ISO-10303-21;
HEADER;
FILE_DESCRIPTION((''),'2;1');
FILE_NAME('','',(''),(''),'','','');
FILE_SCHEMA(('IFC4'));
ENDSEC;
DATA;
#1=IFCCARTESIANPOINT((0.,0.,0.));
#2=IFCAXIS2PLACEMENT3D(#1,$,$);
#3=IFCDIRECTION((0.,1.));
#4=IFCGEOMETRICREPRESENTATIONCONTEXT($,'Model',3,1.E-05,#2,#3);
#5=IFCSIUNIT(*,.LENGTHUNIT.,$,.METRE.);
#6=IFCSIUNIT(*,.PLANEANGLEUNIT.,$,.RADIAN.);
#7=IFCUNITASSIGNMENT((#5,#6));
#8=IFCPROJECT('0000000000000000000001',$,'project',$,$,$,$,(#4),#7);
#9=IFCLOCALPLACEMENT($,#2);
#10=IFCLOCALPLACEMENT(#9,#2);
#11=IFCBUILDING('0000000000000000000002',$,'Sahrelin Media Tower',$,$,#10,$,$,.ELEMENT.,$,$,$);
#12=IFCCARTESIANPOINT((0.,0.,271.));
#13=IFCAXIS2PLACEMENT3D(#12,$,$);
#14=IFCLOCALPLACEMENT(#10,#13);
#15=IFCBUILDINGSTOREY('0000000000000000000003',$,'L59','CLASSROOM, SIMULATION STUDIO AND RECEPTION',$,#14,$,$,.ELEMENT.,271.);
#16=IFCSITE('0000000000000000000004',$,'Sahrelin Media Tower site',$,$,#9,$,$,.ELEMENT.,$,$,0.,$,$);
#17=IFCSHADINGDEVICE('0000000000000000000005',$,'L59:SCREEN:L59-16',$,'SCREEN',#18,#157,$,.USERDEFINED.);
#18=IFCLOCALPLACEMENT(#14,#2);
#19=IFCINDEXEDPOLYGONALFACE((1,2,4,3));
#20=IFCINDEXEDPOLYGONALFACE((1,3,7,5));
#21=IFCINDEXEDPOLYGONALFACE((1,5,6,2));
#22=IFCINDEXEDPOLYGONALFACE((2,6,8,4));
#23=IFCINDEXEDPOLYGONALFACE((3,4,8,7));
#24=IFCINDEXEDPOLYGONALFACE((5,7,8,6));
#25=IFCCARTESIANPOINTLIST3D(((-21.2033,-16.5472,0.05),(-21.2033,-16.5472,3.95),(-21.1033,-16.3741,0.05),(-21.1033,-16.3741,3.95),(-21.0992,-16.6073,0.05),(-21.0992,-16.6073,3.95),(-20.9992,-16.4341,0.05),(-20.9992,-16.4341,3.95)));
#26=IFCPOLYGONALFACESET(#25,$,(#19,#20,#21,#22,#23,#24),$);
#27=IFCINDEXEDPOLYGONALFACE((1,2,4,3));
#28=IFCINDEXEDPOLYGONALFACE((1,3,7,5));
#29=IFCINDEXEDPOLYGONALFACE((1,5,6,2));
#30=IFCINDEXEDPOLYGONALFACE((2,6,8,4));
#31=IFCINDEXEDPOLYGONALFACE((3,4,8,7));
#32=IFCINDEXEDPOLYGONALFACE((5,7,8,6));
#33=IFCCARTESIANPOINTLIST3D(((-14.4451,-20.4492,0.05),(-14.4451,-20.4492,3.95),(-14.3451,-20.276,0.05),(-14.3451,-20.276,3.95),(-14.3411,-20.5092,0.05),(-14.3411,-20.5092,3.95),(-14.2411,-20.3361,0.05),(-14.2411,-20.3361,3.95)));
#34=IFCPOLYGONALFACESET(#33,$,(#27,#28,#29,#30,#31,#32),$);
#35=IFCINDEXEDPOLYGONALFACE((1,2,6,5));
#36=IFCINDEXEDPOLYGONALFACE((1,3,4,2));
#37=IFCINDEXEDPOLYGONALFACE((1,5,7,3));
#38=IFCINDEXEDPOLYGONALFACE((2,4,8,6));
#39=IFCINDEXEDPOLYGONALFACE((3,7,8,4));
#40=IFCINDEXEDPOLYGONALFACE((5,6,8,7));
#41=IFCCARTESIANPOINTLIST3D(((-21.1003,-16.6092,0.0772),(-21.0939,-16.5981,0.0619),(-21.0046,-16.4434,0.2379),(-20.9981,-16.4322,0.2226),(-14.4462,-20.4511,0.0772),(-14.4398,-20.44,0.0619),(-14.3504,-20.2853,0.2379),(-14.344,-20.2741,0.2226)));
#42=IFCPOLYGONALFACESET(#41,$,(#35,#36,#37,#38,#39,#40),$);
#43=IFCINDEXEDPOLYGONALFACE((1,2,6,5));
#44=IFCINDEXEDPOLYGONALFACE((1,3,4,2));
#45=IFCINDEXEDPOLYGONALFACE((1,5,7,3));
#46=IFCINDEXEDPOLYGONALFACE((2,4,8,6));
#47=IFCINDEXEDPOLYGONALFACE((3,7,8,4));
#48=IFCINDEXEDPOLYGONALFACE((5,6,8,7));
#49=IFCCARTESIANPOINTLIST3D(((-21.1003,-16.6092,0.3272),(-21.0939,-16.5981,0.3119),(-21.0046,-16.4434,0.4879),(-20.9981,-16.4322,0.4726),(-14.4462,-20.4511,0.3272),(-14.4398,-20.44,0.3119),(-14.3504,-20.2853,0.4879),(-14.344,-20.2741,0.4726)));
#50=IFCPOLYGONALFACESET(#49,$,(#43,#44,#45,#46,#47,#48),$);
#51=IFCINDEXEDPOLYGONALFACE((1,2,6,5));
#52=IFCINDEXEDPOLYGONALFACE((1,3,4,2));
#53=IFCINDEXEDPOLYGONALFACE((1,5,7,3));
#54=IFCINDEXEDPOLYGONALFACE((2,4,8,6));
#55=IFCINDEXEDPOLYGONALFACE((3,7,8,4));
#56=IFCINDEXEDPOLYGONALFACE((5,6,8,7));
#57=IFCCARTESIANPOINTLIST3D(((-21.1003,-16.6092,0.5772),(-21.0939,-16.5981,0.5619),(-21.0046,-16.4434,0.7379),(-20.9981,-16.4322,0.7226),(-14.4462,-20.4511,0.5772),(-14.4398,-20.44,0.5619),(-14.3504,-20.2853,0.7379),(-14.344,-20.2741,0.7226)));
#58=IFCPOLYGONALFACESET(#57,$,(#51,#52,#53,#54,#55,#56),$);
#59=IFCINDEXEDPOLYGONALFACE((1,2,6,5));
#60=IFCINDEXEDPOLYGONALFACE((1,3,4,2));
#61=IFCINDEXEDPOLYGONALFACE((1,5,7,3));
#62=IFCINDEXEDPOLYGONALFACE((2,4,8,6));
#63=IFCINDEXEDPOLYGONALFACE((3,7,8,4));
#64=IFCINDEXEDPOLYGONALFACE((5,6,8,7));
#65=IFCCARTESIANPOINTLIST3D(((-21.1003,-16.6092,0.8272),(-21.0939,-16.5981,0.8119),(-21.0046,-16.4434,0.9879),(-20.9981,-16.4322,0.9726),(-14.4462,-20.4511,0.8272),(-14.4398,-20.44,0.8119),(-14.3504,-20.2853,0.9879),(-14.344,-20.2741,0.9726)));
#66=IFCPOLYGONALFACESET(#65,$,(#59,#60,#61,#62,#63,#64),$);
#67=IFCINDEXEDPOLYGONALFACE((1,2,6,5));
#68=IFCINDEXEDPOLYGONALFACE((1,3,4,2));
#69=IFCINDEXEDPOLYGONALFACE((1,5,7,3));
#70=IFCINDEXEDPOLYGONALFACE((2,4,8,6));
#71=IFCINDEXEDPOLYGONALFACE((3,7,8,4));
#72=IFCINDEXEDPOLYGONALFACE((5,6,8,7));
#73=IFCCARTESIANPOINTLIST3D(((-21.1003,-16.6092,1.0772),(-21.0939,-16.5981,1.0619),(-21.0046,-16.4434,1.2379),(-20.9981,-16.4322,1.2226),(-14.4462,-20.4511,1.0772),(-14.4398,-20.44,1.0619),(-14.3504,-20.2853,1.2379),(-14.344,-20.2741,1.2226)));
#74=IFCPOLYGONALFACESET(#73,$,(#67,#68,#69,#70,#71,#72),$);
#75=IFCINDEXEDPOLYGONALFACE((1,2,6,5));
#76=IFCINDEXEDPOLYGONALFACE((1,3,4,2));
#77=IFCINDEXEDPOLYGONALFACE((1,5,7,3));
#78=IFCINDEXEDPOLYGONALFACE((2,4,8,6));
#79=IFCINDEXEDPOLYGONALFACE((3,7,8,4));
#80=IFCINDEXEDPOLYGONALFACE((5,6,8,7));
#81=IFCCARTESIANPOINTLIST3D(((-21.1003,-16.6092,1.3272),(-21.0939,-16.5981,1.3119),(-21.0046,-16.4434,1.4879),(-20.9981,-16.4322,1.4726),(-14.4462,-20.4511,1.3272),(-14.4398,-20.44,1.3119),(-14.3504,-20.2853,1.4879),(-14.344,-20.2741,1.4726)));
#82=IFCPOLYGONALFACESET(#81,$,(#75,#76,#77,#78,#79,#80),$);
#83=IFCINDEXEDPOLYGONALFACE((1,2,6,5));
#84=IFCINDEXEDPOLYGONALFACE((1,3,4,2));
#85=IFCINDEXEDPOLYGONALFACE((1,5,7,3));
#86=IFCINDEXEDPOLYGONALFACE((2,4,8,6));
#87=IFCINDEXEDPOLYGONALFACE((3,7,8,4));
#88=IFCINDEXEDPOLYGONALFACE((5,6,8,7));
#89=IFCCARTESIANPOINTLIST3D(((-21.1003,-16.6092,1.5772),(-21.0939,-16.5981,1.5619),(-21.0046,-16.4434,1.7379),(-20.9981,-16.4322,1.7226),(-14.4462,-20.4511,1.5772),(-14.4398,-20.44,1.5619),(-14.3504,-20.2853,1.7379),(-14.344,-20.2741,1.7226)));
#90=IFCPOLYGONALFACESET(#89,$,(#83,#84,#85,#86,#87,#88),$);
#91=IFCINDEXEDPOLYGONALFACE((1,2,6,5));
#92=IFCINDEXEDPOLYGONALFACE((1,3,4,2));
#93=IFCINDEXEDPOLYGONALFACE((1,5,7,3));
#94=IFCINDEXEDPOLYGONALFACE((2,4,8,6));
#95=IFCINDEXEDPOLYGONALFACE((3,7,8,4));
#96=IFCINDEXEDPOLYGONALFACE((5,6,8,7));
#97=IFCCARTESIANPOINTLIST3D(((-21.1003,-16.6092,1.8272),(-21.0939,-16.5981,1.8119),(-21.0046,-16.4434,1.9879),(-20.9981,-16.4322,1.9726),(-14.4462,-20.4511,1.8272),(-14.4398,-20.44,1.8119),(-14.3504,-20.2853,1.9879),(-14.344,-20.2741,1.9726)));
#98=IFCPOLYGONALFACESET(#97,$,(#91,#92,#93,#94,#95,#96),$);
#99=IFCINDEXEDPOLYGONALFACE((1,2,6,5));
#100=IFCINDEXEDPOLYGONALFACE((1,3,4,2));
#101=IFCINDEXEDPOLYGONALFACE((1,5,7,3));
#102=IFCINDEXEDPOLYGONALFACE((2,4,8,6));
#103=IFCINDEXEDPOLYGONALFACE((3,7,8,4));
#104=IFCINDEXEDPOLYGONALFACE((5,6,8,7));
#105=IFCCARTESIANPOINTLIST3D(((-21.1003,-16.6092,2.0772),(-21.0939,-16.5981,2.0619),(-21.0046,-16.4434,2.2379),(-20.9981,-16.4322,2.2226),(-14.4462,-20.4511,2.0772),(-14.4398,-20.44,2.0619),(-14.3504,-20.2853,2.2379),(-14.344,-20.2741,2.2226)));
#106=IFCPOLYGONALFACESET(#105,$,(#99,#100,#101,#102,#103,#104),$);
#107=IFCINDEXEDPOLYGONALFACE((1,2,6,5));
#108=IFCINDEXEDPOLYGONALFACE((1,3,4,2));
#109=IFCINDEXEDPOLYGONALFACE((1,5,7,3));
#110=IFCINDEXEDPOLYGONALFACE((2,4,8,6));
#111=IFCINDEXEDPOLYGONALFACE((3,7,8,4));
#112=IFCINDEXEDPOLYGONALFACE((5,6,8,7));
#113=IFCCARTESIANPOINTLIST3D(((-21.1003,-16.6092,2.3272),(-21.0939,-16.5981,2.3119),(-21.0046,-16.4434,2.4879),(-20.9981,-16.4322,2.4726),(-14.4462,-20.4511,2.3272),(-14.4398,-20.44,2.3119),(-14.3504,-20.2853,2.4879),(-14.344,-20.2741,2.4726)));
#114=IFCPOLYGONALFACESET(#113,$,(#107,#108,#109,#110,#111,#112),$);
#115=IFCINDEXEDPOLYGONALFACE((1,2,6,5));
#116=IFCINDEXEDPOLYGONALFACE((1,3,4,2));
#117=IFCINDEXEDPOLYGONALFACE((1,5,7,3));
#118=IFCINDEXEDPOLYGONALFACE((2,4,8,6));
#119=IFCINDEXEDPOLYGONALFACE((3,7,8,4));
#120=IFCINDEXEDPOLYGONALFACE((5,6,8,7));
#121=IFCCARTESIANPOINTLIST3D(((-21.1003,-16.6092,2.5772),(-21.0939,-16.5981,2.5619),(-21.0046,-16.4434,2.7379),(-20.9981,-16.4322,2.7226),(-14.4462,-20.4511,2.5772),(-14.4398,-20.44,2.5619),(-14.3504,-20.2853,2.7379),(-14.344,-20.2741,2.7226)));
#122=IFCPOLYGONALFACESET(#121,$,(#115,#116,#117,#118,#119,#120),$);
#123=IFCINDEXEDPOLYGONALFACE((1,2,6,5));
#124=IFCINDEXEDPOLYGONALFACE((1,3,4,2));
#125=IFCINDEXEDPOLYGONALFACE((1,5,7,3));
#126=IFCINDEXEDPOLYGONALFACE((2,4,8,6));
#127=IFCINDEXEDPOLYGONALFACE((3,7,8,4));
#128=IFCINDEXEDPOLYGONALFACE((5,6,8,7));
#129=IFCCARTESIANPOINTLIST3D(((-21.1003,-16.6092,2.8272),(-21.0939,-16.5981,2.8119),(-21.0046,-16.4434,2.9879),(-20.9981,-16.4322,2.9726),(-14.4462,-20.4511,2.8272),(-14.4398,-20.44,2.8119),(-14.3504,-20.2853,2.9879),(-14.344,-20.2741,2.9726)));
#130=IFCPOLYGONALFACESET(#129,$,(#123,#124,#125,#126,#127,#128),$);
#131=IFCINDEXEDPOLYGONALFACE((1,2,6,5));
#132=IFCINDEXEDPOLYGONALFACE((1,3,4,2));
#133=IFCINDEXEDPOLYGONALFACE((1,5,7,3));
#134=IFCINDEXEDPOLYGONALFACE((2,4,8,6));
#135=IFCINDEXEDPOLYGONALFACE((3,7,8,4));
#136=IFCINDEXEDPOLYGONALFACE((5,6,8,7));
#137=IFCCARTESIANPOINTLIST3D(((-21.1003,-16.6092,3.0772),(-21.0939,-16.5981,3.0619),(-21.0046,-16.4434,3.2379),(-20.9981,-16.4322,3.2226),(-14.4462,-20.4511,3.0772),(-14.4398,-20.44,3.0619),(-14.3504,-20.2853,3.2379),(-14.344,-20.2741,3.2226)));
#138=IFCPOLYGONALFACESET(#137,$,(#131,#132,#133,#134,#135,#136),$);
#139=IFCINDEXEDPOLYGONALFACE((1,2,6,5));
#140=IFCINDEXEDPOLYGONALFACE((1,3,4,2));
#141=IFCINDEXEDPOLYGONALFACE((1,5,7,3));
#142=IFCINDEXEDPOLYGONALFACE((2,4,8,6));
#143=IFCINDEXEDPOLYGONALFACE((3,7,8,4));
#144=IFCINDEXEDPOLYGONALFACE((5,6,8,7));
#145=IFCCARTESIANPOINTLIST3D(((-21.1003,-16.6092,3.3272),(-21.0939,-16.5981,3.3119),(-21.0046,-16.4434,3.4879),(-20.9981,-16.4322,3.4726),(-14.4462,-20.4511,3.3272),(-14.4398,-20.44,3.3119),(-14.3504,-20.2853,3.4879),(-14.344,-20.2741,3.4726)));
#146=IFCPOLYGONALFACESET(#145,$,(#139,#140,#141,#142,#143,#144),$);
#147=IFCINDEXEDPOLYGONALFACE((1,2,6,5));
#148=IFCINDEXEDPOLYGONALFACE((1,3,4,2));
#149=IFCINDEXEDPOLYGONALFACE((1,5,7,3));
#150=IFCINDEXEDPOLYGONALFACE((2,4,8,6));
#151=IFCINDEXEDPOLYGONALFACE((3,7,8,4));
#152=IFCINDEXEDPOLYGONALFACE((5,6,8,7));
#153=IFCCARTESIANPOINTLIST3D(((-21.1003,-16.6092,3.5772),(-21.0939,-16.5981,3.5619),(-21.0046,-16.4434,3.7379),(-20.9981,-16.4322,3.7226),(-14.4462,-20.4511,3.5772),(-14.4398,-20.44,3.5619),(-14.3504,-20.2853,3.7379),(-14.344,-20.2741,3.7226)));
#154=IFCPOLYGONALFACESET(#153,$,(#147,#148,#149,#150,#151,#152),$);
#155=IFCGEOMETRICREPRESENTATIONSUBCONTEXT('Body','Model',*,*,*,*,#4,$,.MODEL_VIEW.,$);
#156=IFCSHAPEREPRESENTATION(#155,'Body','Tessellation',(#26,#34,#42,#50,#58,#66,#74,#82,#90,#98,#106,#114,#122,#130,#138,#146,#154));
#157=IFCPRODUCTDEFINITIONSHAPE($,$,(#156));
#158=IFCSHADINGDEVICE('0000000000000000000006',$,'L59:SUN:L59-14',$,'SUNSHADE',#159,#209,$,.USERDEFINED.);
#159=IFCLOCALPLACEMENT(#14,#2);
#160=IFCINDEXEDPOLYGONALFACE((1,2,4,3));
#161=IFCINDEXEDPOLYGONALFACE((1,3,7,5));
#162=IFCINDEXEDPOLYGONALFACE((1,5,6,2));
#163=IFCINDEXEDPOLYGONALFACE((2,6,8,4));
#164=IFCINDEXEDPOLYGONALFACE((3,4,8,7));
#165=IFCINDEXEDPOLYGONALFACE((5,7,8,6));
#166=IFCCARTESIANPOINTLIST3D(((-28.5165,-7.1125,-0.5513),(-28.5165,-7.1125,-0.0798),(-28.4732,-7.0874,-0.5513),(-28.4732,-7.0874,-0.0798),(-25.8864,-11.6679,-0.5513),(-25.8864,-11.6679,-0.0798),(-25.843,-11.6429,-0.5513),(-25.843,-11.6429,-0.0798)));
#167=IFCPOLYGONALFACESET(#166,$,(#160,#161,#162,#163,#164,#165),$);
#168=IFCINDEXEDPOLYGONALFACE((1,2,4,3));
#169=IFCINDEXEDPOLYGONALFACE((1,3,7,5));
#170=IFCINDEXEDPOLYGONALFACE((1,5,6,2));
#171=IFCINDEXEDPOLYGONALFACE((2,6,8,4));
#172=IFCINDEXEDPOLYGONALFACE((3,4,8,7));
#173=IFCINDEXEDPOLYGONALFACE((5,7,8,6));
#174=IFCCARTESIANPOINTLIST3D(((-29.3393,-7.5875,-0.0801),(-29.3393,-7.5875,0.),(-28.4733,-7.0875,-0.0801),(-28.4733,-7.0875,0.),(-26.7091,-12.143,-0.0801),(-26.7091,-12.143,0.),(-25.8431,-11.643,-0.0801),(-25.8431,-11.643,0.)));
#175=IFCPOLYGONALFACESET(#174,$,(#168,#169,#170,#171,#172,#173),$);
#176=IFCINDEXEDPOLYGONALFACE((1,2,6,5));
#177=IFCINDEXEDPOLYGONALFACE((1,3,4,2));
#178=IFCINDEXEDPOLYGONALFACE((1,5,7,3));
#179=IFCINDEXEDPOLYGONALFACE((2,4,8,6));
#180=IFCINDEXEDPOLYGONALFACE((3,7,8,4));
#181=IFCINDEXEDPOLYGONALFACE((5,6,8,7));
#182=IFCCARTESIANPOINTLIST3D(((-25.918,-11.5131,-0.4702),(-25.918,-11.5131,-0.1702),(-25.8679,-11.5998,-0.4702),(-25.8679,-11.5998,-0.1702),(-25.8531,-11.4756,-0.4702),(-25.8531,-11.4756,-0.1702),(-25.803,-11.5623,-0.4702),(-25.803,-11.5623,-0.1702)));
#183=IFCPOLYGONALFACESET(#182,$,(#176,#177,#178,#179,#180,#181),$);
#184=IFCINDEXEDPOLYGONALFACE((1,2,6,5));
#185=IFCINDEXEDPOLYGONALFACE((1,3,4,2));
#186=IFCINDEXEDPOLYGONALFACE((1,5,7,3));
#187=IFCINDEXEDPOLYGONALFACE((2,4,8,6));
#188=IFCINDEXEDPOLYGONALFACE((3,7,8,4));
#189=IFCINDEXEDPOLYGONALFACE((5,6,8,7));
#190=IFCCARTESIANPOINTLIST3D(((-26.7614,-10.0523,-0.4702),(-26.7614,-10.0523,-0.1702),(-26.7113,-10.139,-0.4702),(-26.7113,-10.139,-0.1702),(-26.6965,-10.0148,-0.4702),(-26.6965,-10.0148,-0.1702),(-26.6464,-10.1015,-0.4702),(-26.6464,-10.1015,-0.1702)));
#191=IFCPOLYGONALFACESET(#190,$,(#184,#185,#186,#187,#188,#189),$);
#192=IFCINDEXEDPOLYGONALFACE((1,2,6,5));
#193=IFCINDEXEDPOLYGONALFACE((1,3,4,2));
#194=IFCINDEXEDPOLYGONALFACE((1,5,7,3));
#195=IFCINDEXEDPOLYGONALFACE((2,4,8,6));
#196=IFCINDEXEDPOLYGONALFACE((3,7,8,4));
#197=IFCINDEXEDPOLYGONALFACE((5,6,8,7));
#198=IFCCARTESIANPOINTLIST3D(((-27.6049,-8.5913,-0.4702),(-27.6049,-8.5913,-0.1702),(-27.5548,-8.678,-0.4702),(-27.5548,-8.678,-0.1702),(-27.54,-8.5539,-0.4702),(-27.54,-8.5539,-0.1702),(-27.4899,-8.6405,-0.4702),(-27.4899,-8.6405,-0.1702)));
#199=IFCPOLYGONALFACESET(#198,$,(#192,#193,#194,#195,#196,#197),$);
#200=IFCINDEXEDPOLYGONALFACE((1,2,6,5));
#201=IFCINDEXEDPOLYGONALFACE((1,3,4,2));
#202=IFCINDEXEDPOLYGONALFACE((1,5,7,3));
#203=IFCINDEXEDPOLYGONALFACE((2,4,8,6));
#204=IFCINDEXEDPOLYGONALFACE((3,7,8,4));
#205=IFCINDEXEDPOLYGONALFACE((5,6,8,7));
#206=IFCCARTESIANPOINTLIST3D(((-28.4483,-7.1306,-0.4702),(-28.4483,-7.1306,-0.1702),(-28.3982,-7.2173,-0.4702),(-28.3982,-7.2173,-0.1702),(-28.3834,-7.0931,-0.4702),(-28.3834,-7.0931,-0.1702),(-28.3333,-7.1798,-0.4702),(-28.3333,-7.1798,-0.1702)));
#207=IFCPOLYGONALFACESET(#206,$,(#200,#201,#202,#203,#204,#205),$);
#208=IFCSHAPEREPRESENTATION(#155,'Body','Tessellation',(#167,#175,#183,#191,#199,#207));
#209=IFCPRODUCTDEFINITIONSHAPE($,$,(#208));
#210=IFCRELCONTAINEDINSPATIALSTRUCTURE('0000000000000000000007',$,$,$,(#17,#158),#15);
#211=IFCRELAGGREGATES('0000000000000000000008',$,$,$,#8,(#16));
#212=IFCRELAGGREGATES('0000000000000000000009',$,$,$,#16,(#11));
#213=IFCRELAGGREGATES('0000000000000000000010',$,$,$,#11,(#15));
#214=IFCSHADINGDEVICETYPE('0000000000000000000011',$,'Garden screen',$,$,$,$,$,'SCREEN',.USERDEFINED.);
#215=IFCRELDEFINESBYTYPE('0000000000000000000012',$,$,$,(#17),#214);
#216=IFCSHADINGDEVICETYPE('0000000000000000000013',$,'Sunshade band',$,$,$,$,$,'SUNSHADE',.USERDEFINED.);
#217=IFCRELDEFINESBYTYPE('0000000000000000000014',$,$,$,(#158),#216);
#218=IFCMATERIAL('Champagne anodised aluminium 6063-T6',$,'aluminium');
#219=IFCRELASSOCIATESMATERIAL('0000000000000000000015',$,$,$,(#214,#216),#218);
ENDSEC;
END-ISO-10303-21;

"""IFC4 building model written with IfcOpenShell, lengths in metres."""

from ifc_helpers import new_model, si_unit, direction, frame, origin, origin_2d, place, context, subcontext, project, spatial, rectangle, extrude, material, type_object, element, save


model = new_model("IFC4")

# Units and contexts
model_context = context("Model", 3, precision=1e-05, world=origin(), true_north=direction((0.0, 1.0)))
body_context = subcontext(model_context, "Body", "Model", "MODEL_VIEW")
ifc_project = project(units=[si_unit("LENGTHUNIT", "METRE"), si_unit("PLANEANGLEUNIT", "RADIAN")], contexts=[model_context])

# Site, building, storey
site_placement = place(None, origin())
site = spatial("IfcSite", under=ifc_project, at=site_placement, Name="Sahrelin Media Tower site", CompositionType="ELEMENT", RefElevation=0.0)
building_placement = place(site_placement, origin())
building = spatial("IfcBuilding", under=site, at=building_placement, Name="Sahrelin Media Tower", CompositionType="ELEMENT")
storey_placement = place(building_placement, frame((0.0, 0.0, 271.0)))
storey = spatial("IfcBuildingStorey", under=building, at=storey_placement, Name="L59", Description="CLASSROOM, SIMULATION STUDIO AND RECEPTION", CompositionType="ELEMENT", Elevation=271.0)

# Shared definitions
ifc_material_1 = material(Name="Champagne anodised aluminium 6063-T6", Category="aluminium")

# Shading device
placement_1 = place(storey_placement, frame((-27.1409, -9.3552, 0.0), z_axis=(0.0, 0.0, 1.0), x_axis=(-0.500011, 0.866019, 0.0)))
shading_device_type_1 = type_object("IfcShadingDeviceType", Name="Garden screen", ElementType="SCREEN", PredefinedType="USERDEFINED", material=ifc_material_1)
shading_device_1_placement = place(storey_placement, frame((-17.6721, -18.355, 0.0), z_axis=(0.0, 0.0, 1.0), x_axis=(-0.866019, 0.500011, 0.0)))
element("IfcShadingDevice", 1, at=shading_device_1_placement, inside=storey, type_object=shading_device_type_1, Name="L59:SCREEN:L59-16", ObjectType="SCREEN", PredefinedType="USERDEFINED", context=body_context, shape_type="SweptSolid", body=[
    extrude(rectangle(XDim=0.1201, YDim=0.2, at=origin_2d()), frame((3.9019, 0.1001, 0.05), z_axis=(0.0, 0.0, 1.0), x_axis=(1.0, 0.0, 0.0)), (0.0, 0.0, 1.0), 3.8999),
    extrude(rectangle(XDim=0.1201, YDim=0.2, at=origin_2d()), frame((-3.9019, 0.1001, 0.05), z_axis=(0.0, 0.0, 1.0), x_axis=(1.0, 0.0, 0.0)), (0.0, 0.0, 1.0), 3.8999),
    extrude(rectangle(XDim=0.25, YDim=0.02, at=origin_2d()), frame((3.8418, 0.1001, 0.1499), z_axis=(-1.0, 0.0, 0.0), x_axis=(0.0, -0.766044, 0.642788)), (0.0, 0.0, 1.0), 7.6836),
    extrude(rectangle(XDim=0.25, YDim=0.02, at=origin_2d()), frame((3.8418, 0.1001, 0.3999), z_axis=(-1.0, 0.0, 0.0), x_axis=(0.0, -0.766044, 0.642788)), (0.0, 0.0, 1.0), 7.6836),
    extrude(rectangle(XDim=0.25, YDim=0.02, at=origin_2d()), frame((3.8418, 0.1001, 0.6499), z_axis=(-1.0, 0.0, 0.0), x_axis=(0.0, -0.766044, 0.642788)), (0.0, 0.0, 1.0), 7.6836),
    extrude(rectangle(XDim=0.25, YDim=0.02, at=origin_2d()), frame((3.8418, 0.1001, 0.8999), z_axis=(-1.0, 0.0, 0.0), x_axis=(0.0, -0.766044, 0.642788)), (0.0, 0.0, 1.0), 7.6836),
    extrude(rectangle(XDim=0.25, YDim=0.02, at=origin_2d()), frame((3.8418, 0.1001, 1.1499), z_axis=(-1.0, 0.0, 0.0), x_axis=(0.0, -0.766044, 0.642788)), (0.0, 0.0, 1.0), 7.6836),
    extrude(rectangle(XDim=0.25, YDim=0.02, at=origin_2d()), frame((3.8418, 0.1001, 1.3999), z_axis=(-1.0, 0.0, 0.0), x_axis=(0.0, -0.766044, 0.642788)), (0.0, 0.0, 1.0), 7.6836),
    extrude(rectangle(XDim=0.25, YDim=0.02, at=origin_2d()), frame((3.8418, 0.1001, 1.6499), z_axis=(-1.0, 0.0, 0.0), x_axis=(0.0, -0.766044, 0.642788)), (0.0, 0.0, 1.0), 7.6836),
    extrude(rectangle(XDim=0.25, YDim=0.02, at=origin_2d()), frame((3.8418, 0.1001, 1.8999), z_axis=(-1.0, 0.0, 0.0), x_axis=(0.0, -0.766044, 0.642788)), (0.0, 0.0, 1.0), 7.6836),
    extrude(rectangle(XDim=0.25, YDim=0.02, at=origin_2d()), frame((3.8418, 0.1001, 2.1499), z_axis=(-1.0, 0.0, 0.0), x_axis=(0.0, -0.766044, 0.642788)), (0.0, 0.0, 1.0), 7.6836),
    extrude(rectangle(XDim=0.25, YDim=0.02, at=origin_2d()), frame((3.8418, 0.1001, 2.3999), z_axis=(-1.0, 0.0, 0.0), x_axis=(0.0, -0.766044, 0.642788)), (0.0, 0.0, 1.0), 7.6836),
    extrude(rectangle(XDim=0.25, YDim=0.02, at=origin_2d()), frame((3.8418, 0.1001, 2.6499), z_axis=(-1.0, 0.0, 0.0), x_axis=(0.0, -0.766044, 0.642788)), (0.0, 0.0, 1.0), 7.6836),
    extrude(rectangle(XDim=0.25, YDim=0.02, at=origin_2d()), frame((3.8418, 0.1001, 2.8999), z_axis=(-1.0, 0.0, 0.0), x_axis=(0.0, -0.766044, 0.642788)), (0.0, 0.0, 1.0), 7.6836),
    extrude(rectangle(XDim=0.25, YDim=0.02, at=origin_2d()), frame((3.8418, 0.1001, 3.1499), z_axis=(-1.0, 0.0, 0.0), x_axis=(0.0, -0.766044, 0.642788)), (0.0, 0.0, 1.0), 7.6836),
    extrude(rectangle(XDim=0.25, YDim=0.02, at=origin_2d()), frame((3.8418, 0.1001, 3.3999), z_axis=(-1.0, 0.0, 0.0), x_axis=(0.0, -0.766044, 0.642788)), (0.0, 0.0, 1.0), 7.6836),
    extrude(rectangle(XDim=0.25, YDim=0.02, at=origin_2d()), frame((3.8418, 0.1001, 3.6499), z_axis=(-1.0, 0.0, 0.0), x_axis=(0.0, -0.766044, 0.642788)), (0.0, 0.0, 1.0), 7.6836),
])

# Shading device
shading_device_type_2 = type_object("IfcShadingDeviceType", Name="Sunshade band", ElementType="SUNSHADE", PredefinedType="USERDEFINED", material=ifc_material_1)
element("IfcShadingDevice", 2, at=placement_1, inside=storey, type_object=shading_device_type_2, Name="L59:SUN:L59-14", ObjectType="SUNSHADE", PredefinedType="USERDEFINED", context=body_context, shape_type="SweptSolid", body=[
    extrude(rectangle(XDim=5.2603, YDim=0.05, at=origin_2d()), frame((0.0, 0.0449, -0.5513)), (0.0, 0.0, 1.0), 0.4714),
    extrude(rectangle(XDim=5.2603, YDim=1.0, at=origin_2d()), frame((0.0, 0.52, -0.0801)), (0.0, 0.0, 1.0), 0.0801),
    extrude(rectangle(XDim=0.1001, YDim=0.075, at=origin_2d()), frame((-2.5303, -0.0176, -0.4702)), (0.0, 0.0, 1.0), 0.3),
    extrude(rectangle(XDim=0.1001, YDim=0.075, at=origin_2d()), frame((-0.8435, -0.0176, -0.4702)), (0.0, 0.0, 1.0), 0.3),
    extrude(rectangle(XDim=0.1001, YDim=0.075, at=origin_2d()), frame((0.8435, -0.0176, -0.4702)), (0.0, 0.0, 1.0), 0.3),
    extrude(rectangle(XDim=0.1001, YDim=0.075, at=origin_2d()), frame((2.5303, -0.0176, -0.4702)), (0.0, 0.0, 1.0), 0.3),
])

save(model, "model.ifc")
